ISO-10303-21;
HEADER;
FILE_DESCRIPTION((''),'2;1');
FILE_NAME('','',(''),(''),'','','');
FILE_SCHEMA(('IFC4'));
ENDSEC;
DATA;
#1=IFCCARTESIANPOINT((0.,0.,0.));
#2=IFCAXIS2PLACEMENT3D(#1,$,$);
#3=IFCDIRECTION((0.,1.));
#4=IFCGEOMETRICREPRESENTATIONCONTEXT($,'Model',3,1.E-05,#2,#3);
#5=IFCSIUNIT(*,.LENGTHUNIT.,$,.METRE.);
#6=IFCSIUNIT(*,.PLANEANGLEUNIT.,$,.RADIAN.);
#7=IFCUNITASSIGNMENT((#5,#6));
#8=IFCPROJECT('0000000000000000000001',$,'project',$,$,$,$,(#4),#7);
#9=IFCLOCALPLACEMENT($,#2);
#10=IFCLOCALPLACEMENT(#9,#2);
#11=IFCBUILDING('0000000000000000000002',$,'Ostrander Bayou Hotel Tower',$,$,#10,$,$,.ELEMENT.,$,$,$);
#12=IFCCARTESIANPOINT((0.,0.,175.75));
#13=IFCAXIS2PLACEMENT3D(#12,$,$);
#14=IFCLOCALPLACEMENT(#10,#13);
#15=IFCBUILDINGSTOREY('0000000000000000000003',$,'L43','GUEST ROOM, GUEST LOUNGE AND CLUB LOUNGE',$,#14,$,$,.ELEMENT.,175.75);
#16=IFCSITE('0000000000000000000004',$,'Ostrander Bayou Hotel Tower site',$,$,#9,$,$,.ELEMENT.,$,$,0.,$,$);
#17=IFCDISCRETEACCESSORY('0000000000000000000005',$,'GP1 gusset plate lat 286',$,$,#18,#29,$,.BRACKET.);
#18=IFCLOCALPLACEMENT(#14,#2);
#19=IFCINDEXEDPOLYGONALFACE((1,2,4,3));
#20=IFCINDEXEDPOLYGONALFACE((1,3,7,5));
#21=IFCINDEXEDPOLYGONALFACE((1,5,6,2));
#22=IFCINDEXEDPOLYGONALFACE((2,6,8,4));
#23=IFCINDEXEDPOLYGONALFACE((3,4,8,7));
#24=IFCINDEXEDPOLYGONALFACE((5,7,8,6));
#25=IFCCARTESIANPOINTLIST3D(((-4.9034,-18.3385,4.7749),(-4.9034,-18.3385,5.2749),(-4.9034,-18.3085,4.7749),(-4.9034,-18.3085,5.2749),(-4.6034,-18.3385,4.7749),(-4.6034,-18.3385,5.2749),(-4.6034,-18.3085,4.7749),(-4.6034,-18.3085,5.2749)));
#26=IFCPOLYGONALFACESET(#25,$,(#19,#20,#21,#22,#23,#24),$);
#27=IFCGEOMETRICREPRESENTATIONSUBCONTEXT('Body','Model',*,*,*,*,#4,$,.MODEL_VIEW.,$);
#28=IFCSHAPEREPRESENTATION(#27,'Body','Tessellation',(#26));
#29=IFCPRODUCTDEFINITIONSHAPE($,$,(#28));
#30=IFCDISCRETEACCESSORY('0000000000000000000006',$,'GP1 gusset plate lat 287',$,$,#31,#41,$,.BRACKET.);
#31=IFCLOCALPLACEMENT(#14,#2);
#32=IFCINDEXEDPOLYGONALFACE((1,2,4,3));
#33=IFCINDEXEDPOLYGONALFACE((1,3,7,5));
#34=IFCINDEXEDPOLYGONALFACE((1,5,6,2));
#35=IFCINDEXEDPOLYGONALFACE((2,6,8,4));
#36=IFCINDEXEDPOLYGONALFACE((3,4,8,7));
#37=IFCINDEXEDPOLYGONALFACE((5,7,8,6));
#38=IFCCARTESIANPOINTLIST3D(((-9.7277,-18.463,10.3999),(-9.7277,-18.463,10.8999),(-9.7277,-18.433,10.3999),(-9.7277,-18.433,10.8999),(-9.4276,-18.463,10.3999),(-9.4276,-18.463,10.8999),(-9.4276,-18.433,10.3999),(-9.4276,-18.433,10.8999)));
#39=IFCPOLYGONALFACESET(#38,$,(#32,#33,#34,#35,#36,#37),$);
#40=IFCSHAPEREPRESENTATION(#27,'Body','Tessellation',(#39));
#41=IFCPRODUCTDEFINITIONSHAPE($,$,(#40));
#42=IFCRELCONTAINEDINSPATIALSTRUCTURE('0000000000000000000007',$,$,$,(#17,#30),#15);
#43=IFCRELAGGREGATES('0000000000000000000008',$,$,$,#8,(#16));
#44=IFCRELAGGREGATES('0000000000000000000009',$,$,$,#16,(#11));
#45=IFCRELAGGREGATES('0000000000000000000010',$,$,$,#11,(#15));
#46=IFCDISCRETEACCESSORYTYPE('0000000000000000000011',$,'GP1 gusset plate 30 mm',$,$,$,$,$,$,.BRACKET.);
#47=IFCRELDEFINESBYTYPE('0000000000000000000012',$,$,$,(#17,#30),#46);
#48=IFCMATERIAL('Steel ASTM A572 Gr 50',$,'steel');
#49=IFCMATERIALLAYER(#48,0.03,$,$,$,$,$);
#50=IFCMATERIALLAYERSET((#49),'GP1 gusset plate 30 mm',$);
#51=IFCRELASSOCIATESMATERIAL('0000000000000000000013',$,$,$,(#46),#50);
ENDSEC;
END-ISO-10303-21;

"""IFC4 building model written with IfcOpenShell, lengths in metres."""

from ifc_helpers import new_model, si_unit, direction, frame, origin, origin_2d, place, context, subcontext, project, spatial, rectangle, extrude, material, layer, layer_set, type_object, element, save


model = new_model("IFC4")

# Units and contexts
model_context = context("Model", 3, precision=1e-05, world=origin(), true_north=direction((0.0, 1.0)))
body_context = subcontext(model_context, "Body", "Model", "MODEL_VIEW")
ifc_project = project(units=[si_unit("LENGTHUNIT", "METRE"), si_unit("PLANEANGLEUNIT", "RADIAN")], contexts=[model_context])

# Site, building, storey
site_placement = place(None, origin())
site = spatial("IfcSite", under=ifc_project, at=site_placement, Name="Ostrander Bayou Hotel Tower site", CompositionType="ELEMENT", RefElevation=0.0)
building_placement = place(site_placement, origin())
building = spatial("IfcBuilding", under=site, at=building_placement, Name="Ostrander Bayou Hotel Tower", CompositionType="ELEMENT")
storey_placement = place(building_placement, frame((0.0, 0.0, 175.75)))
storey = spatial("IfcBuildingStorey", under=building, at=storey_placement, Name="L43", Description="GUEST ROOM, GUEST LOUNGE AND CLUB LOUNGE", CompositionType="ELEMENT", Elevation=175.75)

# Discrete accessories
ifc_material_1 = material(Name="Steel ASTM A572 Gr 50", Category="steel")
ifc_layer_1 = layer(ifc_material_1, 0.03)
ifc_layer_set_1 = layer_set([ifc_layer_1], Name="GP1 gusset plate 30 mm")
discrete_accessory_type = type_object("IfcDiscreteAccessoryType", Name="GP1 gusset plate 30 mm", PredefinedType="BRACKET", material=ifc_layer_set_1)
for number, where, z_axis, x_axis, name in (
    (1, (-4.7534, -18.3235, 4.7749), (0.0, 0.0, 1.0), (1.0, 0.0, 0.0), "GP1 gusset plate lat 286"),
    (2, (-9.5776, -18.448, 10.3999), (0.0, 0.0, 1.0), (1.0, 0.0, 0.0), "GP1 gusset plate lat 287"),
):
    element("IfcDiscreteAccessory", number, at=place(storey_placement, frame(where, z_axis=z_axis, x_axis=x_axis)), inside=storey, type_object=discrete_accessory_type, Name=name, PredefinedType="BRACKET", context=body_context, shape_type="SweptSolid", body=[
        extrude(rectangle(XDim=0.3, YDim=0.03, at=origin_2d()), origin(), (0.0, 0.0, 1.0), 0.5),
    ])

save(model, "model.ifc")
